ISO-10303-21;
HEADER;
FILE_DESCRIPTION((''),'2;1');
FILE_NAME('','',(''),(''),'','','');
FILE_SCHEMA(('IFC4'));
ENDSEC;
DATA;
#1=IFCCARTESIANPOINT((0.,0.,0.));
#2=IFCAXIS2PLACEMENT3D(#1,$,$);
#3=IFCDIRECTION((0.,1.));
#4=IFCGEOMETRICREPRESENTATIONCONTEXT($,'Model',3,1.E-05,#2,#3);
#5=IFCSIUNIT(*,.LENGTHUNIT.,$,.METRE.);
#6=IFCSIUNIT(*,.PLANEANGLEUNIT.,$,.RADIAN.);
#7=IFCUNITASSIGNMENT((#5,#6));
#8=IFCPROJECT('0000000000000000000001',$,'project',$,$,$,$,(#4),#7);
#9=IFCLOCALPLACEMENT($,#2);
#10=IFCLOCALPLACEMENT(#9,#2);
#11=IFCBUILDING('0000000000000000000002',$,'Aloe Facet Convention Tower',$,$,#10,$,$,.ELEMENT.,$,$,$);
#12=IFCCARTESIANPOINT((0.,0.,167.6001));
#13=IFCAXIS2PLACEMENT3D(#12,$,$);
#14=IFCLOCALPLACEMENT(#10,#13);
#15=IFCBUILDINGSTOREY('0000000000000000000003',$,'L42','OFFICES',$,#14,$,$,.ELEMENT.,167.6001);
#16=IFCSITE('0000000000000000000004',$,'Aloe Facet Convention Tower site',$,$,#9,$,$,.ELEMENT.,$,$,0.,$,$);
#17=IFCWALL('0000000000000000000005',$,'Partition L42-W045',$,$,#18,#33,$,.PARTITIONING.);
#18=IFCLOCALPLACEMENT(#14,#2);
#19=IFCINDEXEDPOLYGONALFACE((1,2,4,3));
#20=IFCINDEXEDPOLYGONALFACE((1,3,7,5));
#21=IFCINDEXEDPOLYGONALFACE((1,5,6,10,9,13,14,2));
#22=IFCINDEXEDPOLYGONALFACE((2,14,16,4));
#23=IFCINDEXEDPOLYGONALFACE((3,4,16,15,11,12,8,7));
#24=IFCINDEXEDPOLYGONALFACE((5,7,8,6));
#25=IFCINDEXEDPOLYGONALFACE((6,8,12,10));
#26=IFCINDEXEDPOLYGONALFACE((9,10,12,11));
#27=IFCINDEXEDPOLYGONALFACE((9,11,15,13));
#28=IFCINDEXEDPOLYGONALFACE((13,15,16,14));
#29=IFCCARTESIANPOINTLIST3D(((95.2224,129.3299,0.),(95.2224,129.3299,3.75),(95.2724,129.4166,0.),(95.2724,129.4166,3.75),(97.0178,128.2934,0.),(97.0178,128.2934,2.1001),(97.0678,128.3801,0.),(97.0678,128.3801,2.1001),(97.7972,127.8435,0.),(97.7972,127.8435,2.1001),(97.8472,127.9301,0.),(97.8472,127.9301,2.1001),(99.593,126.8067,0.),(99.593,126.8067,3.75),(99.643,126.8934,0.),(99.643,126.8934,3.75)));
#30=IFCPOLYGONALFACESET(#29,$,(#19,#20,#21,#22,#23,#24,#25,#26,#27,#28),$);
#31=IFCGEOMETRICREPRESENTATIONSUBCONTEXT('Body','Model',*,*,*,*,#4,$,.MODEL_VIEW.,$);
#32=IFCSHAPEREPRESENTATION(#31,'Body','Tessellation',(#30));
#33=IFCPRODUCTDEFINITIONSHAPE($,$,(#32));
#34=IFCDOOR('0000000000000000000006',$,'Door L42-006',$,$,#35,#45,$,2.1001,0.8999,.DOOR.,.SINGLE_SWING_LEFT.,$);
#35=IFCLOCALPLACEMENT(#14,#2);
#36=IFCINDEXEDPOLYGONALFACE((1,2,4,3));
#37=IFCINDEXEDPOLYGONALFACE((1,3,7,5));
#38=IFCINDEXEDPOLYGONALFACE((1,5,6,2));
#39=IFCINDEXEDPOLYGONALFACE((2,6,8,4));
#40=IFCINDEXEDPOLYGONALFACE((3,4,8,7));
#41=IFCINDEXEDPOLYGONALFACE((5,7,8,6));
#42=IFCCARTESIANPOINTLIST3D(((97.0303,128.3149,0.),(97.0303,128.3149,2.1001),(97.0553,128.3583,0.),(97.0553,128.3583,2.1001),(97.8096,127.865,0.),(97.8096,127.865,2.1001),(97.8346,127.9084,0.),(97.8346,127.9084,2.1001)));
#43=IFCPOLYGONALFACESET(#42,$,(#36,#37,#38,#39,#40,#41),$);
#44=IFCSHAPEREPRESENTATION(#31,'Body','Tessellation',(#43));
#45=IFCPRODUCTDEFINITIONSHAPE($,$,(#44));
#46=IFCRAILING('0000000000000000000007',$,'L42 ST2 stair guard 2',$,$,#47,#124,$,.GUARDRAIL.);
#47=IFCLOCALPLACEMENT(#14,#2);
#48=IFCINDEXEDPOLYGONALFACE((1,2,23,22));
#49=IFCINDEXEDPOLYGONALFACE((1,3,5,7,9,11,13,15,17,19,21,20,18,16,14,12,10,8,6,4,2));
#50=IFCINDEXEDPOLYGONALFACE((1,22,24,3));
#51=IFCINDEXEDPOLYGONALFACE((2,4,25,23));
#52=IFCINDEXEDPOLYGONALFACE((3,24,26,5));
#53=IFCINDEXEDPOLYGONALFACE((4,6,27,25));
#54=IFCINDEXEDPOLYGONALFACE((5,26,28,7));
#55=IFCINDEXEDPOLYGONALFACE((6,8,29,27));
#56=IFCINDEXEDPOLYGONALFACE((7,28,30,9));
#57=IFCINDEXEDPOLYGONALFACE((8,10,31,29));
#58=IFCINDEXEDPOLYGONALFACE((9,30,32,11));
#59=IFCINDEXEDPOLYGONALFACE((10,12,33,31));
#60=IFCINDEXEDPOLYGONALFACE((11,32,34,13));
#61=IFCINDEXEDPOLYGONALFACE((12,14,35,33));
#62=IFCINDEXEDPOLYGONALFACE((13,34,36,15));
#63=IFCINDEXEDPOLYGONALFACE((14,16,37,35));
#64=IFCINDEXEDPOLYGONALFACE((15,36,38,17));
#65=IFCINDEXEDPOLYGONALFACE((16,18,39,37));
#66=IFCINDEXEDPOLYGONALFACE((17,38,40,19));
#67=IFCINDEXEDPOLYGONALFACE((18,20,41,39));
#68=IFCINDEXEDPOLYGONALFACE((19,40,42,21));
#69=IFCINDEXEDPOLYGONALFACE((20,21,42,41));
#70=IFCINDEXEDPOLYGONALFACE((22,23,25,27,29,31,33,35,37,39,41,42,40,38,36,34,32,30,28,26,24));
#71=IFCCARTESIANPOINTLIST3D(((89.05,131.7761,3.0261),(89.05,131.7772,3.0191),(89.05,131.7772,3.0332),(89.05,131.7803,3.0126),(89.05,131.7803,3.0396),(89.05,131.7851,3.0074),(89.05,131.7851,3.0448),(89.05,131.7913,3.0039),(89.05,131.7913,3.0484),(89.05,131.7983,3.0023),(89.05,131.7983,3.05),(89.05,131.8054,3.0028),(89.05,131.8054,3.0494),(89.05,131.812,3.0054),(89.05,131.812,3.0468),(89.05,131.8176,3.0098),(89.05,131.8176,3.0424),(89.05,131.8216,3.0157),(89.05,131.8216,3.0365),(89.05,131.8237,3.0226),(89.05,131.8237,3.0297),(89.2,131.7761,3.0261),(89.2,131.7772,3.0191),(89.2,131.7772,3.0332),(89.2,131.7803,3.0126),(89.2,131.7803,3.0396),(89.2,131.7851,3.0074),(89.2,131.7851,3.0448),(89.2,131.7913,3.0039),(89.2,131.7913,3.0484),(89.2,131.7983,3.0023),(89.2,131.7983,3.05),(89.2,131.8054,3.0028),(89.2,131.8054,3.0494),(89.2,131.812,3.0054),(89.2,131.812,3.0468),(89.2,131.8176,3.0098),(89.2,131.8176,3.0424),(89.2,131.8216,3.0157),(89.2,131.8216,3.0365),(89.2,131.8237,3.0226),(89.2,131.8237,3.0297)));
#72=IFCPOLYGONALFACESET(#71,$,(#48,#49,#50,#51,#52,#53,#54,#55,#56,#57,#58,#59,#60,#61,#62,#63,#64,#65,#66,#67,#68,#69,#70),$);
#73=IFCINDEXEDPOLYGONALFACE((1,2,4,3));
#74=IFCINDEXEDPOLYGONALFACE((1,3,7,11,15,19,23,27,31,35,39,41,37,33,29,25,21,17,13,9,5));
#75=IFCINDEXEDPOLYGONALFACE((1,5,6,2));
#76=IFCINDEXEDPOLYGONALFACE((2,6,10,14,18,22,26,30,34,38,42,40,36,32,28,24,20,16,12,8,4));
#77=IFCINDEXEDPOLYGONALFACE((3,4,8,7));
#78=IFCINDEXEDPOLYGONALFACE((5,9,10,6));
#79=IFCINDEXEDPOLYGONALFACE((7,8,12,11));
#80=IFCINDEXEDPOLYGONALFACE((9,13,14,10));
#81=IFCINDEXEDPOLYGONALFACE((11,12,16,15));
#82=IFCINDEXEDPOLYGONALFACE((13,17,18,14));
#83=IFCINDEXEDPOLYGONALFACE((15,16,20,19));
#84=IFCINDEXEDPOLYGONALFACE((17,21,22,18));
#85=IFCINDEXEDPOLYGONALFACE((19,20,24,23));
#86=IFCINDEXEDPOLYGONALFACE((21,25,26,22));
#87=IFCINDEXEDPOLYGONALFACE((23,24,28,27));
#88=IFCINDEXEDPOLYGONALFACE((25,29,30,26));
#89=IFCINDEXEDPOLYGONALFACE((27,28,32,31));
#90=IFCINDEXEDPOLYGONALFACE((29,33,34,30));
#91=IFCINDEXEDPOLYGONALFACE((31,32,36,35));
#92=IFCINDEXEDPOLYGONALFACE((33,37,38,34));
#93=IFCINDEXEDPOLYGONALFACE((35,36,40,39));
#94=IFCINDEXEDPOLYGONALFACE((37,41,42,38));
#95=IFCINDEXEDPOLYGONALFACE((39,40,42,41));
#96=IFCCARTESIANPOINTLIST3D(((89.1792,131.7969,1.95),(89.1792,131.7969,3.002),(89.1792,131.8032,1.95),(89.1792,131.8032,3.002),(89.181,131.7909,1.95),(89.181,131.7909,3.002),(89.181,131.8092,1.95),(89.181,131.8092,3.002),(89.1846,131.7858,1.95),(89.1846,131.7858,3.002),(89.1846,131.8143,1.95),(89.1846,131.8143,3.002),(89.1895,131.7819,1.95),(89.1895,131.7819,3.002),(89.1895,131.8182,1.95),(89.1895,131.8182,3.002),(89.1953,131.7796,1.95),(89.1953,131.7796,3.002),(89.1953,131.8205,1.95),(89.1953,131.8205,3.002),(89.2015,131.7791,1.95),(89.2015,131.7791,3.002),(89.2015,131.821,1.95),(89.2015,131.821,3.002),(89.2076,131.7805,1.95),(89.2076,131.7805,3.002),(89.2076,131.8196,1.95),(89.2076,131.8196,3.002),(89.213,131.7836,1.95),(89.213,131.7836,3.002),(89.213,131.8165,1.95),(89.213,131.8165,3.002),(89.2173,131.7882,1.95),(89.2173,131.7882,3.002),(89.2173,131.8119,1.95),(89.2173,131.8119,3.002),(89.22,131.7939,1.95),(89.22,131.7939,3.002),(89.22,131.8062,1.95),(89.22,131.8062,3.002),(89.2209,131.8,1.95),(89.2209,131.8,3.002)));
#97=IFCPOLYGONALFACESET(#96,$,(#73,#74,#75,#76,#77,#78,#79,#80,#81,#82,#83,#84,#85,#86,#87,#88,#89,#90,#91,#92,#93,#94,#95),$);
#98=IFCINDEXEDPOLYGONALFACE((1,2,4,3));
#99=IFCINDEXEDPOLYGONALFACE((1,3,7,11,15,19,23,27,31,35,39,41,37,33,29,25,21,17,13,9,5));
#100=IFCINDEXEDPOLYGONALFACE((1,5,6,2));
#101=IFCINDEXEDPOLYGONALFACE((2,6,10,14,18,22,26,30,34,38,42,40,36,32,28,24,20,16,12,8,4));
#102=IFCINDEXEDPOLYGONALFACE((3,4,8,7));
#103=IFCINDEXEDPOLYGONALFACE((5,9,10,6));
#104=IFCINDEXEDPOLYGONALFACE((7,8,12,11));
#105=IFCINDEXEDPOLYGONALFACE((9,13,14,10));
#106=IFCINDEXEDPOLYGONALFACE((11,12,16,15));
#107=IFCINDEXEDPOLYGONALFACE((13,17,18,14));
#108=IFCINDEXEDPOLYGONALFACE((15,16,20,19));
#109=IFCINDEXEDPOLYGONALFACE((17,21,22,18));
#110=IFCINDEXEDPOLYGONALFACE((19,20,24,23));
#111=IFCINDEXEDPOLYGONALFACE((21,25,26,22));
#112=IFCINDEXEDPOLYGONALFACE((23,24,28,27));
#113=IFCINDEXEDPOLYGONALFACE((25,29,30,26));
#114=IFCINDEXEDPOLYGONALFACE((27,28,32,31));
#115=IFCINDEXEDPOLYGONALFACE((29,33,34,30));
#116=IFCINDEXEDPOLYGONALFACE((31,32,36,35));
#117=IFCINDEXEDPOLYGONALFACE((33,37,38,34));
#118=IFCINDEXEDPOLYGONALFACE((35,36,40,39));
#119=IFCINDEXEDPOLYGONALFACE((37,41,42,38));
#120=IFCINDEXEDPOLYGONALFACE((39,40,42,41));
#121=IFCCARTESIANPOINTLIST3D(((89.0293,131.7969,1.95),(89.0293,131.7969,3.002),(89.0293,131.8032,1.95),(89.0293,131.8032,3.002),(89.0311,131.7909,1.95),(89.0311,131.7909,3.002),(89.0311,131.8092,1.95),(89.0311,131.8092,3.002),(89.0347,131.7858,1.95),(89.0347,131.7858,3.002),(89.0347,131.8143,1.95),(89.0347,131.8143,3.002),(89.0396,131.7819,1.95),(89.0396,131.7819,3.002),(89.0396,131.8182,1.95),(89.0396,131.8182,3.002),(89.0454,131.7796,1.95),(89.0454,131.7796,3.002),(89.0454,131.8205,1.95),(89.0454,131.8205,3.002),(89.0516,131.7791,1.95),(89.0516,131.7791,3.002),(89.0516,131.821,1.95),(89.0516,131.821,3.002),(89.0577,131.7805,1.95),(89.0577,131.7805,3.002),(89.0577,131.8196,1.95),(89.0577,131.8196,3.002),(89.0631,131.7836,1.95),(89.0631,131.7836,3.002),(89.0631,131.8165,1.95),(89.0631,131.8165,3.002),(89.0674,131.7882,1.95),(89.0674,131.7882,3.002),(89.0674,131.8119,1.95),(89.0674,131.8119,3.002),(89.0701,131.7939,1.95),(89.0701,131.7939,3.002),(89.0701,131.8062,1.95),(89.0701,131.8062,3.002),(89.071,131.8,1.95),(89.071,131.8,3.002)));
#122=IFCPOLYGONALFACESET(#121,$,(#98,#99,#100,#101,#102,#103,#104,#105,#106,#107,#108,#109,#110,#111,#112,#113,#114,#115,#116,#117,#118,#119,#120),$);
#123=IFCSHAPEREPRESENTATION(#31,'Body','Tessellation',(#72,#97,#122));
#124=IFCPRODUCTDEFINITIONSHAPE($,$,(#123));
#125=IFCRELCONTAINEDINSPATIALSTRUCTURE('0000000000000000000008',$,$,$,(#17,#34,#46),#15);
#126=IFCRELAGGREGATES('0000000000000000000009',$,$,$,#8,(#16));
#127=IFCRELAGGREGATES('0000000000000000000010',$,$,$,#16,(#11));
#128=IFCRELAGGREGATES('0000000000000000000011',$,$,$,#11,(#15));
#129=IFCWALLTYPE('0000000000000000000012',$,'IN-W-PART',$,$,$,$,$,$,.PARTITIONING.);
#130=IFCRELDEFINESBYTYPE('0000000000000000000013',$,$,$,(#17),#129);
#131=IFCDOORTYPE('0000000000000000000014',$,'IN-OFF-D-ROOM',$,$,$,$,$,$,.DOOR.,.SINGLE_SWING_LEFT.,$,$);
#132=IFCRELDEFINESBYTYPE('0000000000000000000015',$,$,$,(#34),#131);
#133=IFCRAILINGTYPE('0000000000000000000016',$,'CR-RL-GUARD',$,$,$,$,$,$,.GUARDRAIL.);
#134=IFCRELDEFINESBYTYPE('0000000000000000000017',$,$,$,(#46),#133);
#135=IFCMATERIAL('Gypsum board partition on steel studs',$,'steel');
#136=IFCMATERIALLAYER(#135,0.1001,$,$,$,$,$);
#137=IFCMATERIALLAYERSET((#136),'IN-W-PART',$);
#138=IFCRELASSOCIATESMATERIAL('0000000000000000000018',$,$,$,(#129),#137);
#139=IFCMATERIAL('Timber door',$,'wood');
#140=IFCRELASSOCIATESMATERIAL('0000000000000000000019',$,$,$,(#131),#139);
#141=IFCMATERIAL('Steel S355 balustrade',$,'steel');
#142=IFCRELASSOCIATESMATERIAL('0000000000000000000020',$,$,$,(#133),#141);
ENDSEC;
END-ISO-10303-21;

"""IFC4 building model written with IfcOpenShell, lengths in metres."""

from ifc_helpers import new_model, si_unit, direction, frame, frame_2d, origin, origin_2d, place, context, subcontext, project, spatial, rectangle, circle, extrude, material, layer, layer_set, type_object, element, fill, save


model = new_model("IFC4")

# Units and contexts
model_context = context("Model", 3, precision=1e-05, world=origin(), true_north=direction((0.0, 1.0)))
body_context = subcontext(model_context, "Body", "Model", "MODEL_VIEW")
ifc_project = project(units=[si_unit("LENGTHUNIT", "METRE"), si_unit("PLANEANGLEUNIT", "RADIAN")], contexts=[model_context])

# Site, building, storey
site_placement = place(None, origin())
site = spatial("IfcSite", under=ifc_project, at=site_placement, Name="Aloe Facet Convention Tower site", CompositionType="ELEMENT", RefElevation=0.0)
building_placement = place(site_placement, origin())
building = spatial("IfcBuilding", under=site, at=building_placement, Name="Aloe Facet Convention Tower", CompositionType="ELEMENT")
storey_placement = place(building_placement, frame((0.0, 0.0, 167.6001)))
storey = spatial("IfcBuildingStorey", under=building, at=storey_placement, Name="L42", Description="OFFICES", CompositionType="ELEMENT", Elevation=167.6001)

# Wall, opening, door
ifc_material_1 = material(Name="Gypsum board partition on steel studs", Category="steel")
ifc_layer_1 = layer(ifc_material_1, 0.1001)
ifc_layer_set_1 = layer_set([ifc_layer_1], Name="IN-W-PART")
wall_type_1 = type_object("IfcWallType", Name="IN-W-PART", PredefinedType="PARTITIONING", material=ifc_layer_set_1)
wall_1_placement = place(storey_placement, frame((95.2473, 129.3733, 0.0), z_axis=(0.0, 0.0, 1.0), x_axis=(0.866041, -0.499974, 0.0)))
wall_1 = element("IfcWall", 1, at=wall_1_placement, inside=storey, type_object=wall_type_1, Name="Partition L42-W045", PredefinedType="PARTITIONING", context=body_context, shape_type="SweptSolid", body=[
    extrude(rectangle(XDim=5.0466, YDim=0.1001, at=frame_2d((2.5234, 0.0))), origin(), (0.0, 0.0, 1.0), 3.75),
])
opening_1_placement = place(wall_1_placement, frame((2.0732, 0.0, 0.0)))
opening_1 = element("IfcOpeningElement", 2, at=opening_1_placement, cuts=wall_1, PredefinedType="OPENING", context=body_context, shape_type="SweptSolid", body=[
    extrude(rectangle(XDim=0.8999, YDim=2.1001, at=frame_2d((0.45, 1.05))), frame((0.0, 0.0601, 0.0), z_axis=(0.0, -1.0, 0.0), x_axis=(1.0, 0.0, 0.0)), (0.0, 0.0, 1.0), 0.1201),
])
ifc_material_2 = material(Name="Timber door", Category="wood")
door_type = type_object("IfcDoorType", Name="IN-OFF-D-ROOM", OperationType="SINGLE_SWING_LEFT", PredefinedType="DOOR", material=ifc_material_2)
door_placement = place(opening_1_placement, origin())
door = element("IfcDoor", 3, at=door_placement, inside=storey, type_object=door_type, Name="Door L42-006", OperationType="SINGLE_SWING_LEFT", OverallHeight=2.1001, OverallWidth=0.8999, PredefinedType="DOOR", context=body_context, shape_type="SweptSolid", body=[
    extrude(rectangle(XDim=0.8999, YDim=2.1001, at=frame_2d((0.45, 1.05))), frame((0.0, 0.0249, 0.0), z_axis=(0.0, -1.0, 0.0), x_axis=(1.0, 0.0, 0.0)), (0.0, 0.0, 1.0), 0.05),
])
fill(opening_1, door)

# Railing
ifc_material_3 = material(Name="Steel S355 balustrade", Category="steel")
railing_type = type_object("IfcRailingType", Name="CR-RL-GUARD", PredefinedType="GUARDRAIL", material=ifc_material_3)
railing_1_placement = place(storey_placement, frame((89.2, 131.8, 1.95)))
element("IfcRailing", 4, at=railing_1_placement, inside=storey, type_object=railing_type, Name="L42 ST2 stair guard 2", PredefinedType="GUARDRAIL", context=body_context, shape_type="SweptSolid", body=[
    extrude(circle(Radius=0.0239, at=origin_2d()), frame((0.0, 0.0, 1.0762), z_axis=(-1.0, 0.0, 0.0), x_axis=(0.0, -1.0, 0.0)), (0.0, 0.0, 1.0), 0.1499),
    extrude(circle(Radius=0.021, at=origin_2d()), origin(), (0.0, 0.0, 1.0), 1.052),
    extrude(circle(Radius=0.021, at=origin_2d()), frame((-0.1499, 0.0, 0.0)), (0.0, 0.0, 1.0), 1.052),
])

save(model, "model.ifc")
